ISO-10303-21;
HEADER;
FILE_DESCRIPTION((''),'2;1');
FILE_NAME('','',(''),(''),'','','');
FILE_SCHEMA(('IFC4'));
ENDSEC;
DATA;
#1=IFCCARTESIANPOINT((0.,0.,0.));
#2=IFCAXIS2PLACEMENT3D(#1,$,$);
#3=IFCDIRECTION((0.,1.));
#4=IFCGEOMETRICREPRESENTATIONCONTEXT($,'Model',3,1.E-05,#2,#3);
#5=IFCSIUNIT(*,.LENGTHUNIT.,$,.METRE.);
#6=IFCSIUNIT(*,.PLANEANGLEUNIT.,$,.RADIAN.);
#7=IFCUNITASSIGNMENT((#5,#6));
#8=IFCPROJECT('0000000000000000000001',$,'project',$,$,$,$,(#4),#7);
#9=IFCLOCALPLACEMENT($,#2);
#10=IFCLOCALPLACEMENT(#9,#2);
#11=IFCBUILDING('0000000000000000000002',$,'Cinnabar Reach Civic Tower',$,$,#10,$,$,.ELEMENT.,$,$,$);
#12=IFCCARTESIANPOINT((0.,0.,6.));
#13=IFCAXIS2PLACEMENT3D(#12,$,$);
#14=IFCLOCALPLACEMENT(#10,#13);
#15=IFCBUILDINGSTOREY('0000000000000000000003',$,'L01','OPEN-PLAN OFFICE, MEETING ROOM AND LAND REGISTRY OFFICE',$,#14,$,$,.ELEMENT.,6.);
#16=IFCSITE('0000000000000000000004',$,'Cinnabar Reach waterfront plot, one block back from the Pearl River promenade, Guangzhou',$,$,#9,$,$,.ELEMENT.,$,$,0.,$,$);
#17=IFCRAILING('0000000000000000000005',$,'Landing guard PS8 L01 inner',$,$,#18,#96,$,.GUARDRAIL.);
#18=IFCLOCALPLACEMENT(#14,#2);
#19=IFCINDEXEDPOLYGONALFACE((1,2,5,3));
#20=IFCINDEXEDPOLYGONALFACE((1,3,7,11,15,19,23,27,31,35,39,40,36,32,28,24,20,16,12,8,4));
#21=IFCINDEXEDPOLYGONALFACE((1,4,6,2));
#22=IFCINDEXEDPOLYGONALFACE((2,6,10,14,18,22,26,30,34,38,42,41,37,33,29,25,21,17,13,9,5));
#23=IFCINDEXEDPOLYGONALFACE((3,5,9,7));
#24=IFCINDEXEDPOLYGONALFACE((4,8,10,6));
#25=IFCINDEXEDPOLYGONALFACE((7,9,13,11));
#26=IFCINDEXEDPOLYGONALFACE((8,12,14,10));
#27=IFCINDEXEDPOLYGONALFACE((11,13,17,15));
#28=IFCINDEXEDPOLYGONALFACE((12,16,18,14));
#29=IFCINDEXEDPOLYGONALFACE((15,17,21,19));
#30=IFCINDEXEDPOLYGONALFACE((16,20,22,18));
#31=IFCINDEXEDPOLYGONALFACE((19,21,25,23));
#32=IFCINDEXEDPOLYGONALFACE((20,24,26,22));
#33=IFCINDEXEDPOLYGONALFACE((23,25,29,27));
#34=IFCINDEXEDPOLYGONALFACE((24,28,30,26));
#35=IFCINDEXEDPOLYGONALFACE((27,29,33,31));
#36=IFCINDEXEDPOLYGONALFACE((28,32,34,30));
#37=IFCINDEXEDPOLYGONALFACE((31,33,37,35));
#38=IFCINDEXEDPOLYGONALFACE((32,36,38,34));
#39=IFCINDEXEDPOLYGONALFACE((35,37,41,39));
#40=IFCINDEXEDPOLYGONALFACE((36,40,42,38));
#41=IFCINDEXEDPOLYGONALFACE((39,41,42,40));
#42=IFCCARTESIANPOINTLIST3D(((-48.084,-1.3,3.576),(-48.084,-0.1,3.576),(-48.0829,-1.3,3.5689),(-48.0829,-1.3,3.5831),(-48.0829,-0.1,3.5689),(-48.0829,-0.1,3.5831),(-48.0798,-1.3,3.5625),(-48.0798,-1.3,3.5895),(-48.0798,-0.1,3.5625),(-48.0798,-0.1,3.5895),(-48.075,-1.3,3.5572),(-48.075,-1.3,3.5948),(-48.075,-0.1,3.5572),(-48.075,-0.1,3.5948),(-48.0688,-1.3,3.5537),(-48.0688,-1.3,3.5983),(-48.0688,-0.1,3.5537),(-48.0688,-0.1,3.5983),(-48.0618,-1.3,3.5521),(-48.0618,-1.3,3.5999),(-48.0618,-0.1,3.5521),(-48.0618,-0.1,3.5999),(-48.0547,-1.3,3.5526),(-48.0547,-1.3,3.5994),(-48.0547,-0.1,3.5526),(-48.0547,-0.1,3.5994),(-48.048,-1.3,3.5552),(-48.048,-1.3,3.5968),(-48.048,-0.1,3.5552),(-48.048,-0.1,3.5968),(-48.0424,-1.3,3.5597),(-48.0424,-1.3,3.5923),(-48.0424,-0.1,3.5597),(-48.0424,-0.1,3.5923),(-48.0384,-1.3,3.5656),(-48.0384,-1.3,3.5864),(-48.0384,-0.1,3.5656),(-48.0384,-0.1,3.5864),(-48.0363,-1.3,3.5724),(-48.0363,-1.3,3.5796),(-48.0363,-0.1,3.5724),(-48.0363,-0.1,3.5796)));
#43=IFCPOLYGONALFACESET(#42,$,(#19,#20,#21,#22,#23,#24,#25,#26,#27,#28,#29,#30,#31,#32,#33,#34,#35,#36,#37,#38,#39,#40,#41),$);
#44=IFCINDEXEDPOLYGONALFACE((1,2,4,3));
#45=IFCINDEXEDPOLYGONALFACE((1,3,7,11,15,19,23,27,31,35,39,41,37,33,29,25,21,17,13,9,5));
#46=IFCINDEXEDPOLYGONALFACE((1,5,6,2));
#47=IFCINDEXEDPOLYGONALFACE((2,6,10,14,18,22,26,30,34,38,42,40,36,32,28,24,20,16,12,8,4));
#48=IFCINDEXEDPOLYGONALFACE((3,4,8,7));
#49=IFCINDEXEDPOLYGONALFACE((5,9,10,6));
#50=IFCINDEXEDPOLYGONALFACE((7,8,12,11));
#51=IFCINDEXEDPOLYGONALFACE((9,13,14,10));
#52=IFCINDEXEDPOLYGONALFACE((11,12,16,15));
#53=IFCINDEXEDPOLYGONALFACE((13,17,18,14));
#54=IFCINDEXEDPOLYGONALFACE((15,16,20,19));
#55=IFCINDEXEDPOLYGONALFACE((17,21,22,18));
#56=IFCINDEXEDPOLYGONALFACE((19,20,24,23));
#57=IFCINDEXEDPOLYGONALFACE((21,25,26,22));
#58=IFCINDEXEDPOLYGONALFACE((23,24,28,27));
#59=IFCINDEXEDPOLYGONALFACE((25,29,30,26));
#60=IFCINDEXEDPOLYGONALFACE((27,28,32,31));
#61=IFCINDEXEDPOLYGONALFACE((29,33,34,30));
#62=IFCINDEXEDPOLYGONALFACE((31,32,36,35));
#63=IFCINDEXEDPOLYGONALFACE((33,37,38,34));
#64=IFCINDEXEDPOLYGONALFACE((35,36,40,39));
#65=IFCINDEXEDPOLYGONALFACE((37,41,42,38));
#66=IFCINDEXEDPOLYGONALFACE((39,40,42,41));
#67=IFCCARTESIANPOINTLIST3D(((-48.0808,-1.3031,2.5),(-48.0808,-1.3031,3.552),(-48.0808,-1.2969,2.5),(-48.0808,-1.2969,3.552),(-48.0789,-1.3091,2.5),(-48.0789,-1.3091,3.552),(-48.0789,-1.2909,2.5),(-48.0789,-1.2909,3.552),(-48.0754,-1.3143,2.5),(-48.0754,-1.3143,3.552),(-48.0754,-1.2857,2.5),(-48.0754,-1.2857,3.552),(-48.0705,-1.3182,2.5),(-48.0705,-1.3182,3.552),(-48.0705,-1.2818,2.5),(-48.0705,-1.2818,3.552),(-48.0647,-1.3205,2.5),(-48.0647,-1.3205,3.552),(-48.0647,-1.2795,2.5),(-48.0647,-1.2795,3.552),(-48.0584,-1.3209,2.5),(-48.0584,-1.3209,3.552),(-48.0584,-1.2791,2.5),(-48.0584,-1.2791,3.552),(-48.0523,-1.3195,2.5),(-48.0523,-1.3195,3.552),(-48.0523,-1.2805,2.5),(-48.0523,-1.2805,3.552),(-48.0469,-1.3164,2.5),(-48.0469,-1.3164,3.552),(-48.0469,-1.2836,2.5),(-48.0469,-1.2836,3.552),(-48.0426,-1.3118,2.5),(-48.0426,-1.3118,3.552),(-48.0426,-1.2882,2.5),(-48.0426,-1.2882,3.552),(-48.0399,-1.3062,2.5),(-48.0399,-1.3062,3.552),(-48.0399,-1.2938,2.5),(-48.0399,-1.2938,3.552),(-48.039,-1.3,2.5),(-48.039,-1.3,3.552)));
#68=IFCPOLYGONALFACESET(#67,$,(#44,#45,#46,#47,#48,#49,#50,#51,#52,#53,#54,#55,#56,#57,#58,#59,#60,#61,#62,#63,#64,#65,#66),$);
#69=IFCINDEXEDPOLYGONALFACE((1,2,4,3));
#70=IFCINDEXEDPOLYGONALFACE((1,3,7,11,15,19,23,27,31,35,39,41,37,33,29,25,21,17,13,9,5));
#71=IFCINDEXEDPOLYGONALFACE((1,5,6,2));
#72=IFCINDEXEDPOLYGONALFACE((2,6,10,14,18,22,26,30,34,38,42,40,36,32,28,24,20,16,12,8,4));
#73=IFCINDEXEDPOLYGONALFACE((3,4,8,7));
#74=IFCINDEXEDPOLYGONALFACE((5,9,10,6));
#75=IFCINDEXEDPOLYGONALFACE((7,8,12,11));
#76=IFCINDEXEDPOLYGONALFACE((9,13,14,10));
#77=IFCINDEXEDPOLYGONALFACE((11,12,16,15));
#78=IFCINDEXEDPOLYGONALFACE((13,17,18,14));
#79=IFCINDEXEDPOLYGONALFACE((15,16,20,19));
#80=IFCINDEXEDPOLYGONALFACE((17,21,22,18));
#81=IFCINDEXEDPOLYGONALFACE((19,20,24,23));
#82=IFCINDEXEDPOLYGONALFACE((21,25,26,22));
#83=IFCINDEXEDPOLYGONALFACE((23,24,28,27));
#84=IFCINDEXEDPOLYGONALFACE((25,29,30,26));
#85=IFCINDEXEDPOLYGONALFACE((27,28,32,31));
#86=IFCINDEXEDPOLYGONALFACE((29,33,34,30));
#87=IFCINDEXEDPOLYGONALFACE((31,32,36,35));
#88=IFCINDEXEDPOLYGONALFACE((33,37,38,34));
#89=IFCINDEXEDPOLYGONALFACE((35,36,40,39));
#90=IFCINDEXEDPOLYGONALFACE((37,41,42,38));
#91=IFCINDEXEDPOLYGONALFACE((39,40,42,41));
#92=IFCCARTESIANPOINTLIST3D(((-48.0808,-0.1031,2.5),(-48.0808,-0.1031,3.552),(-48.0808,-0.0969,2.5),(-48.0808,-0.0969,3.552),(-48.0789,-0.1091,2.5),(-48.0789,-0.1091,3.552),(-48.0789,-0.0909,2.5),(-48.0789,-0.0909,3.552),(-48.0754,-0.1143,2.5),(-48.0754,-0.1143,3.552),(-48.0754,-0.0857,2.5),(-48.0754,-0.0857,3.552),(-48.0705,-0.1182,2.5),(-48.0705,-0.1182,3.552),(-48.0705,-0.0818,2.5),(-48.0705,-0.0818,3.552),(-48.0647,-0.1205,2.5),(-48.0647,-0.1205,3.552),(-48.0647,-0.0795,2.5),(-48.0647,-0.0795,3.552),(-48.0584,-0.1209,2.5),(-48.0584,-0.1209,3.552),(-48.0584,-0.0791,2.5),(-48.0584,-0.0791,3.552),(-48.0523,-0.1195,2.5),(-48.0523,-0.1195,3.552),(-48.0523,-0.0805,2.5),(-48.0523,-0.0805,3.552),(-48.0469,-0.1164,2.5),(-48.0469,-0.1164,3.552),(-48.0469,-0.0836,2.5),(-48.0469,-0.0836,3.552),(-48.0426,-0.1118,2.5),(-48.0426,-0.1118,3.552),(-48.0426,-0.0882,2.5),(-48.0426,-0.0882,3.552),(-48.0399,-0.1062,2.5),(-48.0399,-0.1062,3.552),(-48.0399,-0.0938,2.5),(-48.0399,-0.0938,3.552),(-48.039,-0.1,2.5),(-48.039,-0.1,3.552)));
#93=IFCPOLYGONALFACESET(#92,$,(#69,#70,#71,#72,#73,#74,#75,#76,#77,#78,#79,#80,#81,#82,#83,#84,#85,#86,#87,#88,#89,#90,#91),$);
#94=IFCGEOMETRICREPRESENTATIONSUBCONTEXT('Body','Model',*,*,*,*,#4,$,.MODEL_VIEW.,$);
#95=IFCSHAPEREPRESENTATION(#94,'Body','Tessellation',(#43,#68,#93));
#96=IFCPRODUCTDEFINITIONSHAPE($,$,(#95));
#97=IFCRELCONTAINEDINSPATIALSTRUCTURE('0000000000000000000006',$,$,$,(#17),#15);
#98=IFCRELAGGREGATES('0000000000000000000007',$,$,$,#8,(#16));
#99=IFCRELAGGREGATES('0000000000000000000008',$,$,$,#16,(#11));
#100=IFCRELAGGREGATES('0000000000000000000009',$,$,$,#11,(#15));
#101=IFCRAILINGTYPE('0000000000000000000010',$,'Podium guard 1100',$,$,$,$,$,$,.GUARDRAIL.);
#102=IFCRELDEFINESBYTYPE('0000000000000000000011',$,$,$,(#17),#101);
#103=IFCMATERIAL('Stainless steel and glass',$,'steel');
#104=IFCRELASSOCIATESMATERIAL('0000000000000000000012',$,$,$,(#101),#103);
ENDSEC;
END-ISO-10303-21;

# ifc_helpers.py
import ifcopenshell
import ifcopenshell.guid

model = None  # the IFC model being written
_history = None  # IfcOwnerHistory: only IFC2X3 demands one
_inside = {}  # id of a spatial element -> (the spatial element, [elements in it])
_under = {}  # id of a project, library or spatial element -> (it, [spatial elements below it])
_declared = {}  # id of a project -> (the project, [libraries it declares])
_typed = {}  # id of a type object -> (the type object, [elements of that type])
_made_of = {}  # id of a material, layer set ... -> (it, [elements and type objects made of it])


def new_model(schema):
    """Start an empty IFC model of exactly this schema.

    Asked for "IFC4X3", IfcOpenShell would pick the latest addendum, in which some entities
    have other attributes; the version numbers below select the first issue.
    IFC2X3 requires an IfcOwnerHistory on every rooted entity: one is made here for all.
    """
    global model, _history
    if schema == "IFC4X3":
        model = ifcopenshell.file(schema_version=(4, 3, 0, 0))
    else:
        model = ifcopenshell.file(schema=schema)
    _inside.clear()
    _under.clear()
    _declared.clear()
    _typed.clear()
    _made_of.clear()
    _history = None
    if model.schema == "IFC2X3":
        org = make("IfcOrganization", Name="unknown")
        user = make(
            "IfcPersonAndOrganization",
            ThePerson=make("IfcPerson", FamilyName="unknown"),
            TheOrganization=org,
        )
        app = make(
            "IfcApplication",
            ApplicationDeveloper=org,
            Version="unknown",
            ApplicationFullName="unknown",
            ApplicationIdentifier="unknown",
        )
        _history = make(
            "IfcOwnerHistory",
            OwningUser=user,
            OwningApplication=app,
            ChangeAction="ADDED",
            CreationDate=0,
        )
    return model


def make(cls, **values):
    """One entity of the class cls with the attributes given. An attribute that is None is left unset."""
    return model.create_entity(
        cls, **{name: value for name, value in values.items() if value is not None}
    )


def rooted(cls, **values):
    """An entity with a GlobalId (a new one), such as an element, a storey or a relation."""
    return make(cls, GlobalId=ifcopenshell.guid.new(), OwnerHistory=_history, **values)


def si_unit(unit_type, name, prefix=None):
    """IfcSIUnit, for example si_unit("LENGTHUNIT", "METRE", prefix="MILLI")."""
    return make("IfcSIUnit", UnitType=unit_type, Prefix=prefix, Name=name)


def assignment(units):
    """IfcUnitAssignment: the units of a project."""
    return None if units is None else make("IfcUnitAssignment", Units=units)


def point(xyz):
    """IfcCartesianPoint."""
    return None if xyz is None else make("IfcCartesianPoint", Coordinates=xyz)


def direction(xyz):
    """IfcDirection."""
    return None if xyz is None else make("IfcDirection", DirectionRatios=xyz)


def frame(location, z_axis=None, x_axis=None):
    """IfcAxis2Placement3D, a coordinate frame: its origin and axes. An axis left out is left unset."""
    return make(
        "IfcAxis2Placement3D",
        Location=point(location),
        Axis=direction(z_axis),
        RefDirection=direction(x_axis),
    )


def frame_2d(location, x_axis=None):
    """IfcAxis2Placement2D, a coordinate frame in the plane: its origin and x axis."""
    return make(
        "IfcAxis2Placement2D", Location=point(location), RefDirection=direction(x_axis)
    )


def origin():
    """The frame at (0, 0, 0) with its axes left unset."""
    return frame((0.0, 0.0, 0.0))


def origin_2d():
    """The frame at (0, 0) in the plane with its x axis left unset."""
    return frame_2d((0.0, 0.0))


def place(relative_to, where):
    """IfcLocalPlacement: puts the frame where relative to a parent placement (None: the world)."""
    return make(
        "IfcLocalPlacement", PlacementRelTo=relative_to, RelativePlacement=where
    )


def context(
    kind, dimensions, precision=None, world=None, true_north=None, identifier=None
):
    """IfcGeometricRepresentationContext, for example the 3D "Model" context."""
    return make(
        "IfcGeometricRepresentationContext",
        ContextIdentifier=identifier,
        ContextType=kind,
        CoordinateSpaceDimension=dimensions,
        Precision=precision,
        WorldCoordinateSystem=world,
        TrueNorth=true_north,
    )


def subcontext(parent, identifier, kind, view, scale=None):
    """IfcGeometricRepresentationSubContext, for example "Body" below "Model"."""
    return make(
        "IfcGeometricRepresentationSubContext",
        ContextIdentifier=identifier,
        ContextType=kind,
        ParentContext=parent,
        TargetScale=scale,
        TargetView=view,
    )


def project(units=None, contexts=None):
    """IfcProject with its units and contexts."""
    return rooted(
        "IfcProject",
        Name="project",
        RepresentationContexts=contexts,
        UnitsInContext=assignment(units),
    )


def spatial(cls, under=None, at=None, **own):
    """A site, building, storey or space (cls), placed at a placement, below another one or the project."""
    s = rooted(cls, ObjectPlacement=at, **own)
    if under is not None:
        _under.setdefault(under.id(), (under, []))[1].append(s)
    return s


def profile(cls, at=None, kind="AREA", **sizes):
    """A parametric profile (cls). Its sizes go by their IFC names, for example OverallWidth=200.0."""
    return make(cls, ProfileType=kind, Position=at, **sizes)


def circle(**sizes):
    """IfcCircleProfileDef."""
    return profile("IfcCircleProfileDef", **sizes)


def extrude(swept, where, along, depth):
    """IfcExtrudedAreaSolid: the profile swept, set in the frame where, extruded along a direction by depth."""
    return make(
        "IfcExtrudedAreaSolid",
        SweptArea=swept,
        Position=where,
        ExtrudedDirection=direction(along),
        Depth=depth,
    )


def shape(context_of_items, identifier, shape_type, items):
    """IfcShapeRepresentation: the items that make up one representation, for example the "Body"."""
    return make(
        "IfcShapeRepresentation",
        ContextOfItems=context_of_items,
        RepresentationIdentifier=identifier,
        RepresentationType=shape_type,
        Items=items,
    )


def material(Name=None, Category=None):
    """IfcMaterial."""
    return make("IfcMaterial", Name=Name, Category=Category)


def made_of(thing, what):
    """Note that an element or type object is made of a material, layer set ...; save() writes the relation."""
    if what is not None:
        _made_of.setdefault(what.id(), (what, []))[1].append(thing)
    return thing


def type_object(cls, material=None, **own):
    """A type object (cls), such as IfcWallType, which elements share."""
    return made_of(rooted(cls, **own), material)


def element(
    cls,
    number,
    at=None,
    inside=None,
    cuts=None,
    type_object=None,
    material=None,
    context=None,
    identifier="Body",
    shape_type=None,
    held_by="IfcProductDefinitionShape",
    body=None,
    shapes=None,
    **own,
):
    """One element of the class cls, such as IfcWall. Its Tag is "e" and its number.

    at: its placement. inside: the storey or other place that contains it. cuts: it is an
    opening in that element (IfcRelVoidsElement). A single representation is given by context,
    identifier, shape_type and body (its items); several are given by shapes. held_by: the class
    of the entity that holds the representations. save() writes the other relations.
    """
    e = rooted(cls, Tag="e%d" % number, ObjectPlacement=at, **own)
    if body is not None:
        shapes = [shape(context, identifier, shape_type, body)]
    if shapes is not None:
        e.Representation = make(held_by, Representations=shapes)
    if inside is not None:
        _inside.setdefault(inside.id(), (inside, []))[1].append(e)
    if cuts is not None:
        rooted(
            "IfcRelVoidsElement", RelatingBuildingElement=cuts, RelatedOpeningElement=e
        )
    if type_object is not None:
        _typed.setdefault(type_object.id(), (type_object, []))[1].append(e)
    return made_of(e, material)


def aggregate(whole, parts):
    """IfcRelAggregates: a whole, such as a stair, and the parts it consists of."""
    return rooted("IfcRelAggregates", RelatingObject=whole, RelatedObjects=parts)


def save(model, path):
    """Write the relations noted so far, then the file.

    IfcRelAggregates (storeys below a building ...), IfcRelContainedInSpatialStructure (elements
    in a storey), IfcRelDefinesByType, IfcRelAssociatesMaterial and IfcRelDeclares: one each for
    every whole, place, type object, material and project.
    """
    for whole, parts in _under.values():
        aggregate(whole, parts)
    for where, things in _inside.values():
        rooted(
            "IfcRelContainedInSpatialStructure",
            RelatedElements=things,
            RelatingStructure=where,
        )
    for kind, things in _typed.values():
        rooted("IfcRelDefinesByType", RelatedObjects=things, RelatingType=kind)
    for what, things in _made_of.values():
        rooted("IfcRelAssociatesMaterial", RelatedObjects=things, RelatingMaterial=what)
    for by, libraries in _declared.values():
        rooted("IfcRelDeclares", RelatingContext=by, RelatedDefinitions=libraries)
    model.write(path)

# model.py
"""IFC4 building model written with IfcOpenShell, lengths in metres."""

from ifc_helpers import new_model, si_unit, direction, frame, origin, origin_2d, place, context, subcontext, project, spatial, circle, extrude, material, type_object, element, save


model = new_model("IFC4")

# Units and contexts
model_context = context("Model", 3, precision=1e-05, world=origin(), true_north=direction((0.0, 1.0)))
body_context = subcontext(model_context, "Body", "Model", "MODEL_VIEW")
ifc_project = project(units=[si_unit("LENGTHUNIT", "METRE"), si_unit("PLANEANGLEUNIT", "RADIAN")], contexts=[model_context])

# Site, building, storey
site_placement = place(None, origin())
site = spatial("IfcSite", under=ifc_project, at=site_placement, Name="Cinnabar Reach waterfront plot, one block back from the Pearl River promenade, Guangzhou", CompositionType="ELEMENT", RefElevation=0.0)
building_placement = place(site_placement, origin())
building = spatial("IfcBuilding", under=site, at=building_placement, Name="Cinnabar Reach Civic Tower", CompositionType="ELEMENT")
storey_placement = place(building_placement, frame((0.0, 0.0, 6.0)))
storey = spatial("IfcBuildingStorey", under=building, at=storey_placement, Name="L01", Description="OPEN-PLAN OFFICE, MEETING ROOM AND LAND REGISTRY OFFICE", CompositionType="ELEMENT", Elevation=6.0)

# Railing
ifc_material_1 = material(Name="Stainless steel and glass", Category="steel")
railing_type_1 = type_object("IfcRailingType", Name="Podium guard 1100", PredefinedType="GUARDRAIL", material=ifc_material_1)
railing_1_placement = place(storey_placement, frame((-48.06, -1.3, 2.5)))
element("IfcRailing", 1, at=railing_1_placement, inside=storey, type_object=railing_type_1, Name="Landing guard PS8 L01 inner", PredefinedType="GUARDRAIL", context=body_context, shape_type="SweptSolid", body=[
    extrude(circle(Radius=0.024, at=origin_2d()), frame((0.0, 0.0, 1.076), z_axis=(0.0, 1.0, 0.0), x_axis=(-1.0, 0.0, 0.0)), (0.0, 0.0, 1.0), 1.2),
    extrude(circle(Radius=0.021, at=origin_2d()), origin(), (0.0, 0.0, 1.0), 1.052),
    extrude(circle(Radius=0.021, at=origin_2d()), frame((0.0, 1.2, 0.0)), (0.0, 0.0, 1.0), 1.052),
])

save(model, "model.ifc")
